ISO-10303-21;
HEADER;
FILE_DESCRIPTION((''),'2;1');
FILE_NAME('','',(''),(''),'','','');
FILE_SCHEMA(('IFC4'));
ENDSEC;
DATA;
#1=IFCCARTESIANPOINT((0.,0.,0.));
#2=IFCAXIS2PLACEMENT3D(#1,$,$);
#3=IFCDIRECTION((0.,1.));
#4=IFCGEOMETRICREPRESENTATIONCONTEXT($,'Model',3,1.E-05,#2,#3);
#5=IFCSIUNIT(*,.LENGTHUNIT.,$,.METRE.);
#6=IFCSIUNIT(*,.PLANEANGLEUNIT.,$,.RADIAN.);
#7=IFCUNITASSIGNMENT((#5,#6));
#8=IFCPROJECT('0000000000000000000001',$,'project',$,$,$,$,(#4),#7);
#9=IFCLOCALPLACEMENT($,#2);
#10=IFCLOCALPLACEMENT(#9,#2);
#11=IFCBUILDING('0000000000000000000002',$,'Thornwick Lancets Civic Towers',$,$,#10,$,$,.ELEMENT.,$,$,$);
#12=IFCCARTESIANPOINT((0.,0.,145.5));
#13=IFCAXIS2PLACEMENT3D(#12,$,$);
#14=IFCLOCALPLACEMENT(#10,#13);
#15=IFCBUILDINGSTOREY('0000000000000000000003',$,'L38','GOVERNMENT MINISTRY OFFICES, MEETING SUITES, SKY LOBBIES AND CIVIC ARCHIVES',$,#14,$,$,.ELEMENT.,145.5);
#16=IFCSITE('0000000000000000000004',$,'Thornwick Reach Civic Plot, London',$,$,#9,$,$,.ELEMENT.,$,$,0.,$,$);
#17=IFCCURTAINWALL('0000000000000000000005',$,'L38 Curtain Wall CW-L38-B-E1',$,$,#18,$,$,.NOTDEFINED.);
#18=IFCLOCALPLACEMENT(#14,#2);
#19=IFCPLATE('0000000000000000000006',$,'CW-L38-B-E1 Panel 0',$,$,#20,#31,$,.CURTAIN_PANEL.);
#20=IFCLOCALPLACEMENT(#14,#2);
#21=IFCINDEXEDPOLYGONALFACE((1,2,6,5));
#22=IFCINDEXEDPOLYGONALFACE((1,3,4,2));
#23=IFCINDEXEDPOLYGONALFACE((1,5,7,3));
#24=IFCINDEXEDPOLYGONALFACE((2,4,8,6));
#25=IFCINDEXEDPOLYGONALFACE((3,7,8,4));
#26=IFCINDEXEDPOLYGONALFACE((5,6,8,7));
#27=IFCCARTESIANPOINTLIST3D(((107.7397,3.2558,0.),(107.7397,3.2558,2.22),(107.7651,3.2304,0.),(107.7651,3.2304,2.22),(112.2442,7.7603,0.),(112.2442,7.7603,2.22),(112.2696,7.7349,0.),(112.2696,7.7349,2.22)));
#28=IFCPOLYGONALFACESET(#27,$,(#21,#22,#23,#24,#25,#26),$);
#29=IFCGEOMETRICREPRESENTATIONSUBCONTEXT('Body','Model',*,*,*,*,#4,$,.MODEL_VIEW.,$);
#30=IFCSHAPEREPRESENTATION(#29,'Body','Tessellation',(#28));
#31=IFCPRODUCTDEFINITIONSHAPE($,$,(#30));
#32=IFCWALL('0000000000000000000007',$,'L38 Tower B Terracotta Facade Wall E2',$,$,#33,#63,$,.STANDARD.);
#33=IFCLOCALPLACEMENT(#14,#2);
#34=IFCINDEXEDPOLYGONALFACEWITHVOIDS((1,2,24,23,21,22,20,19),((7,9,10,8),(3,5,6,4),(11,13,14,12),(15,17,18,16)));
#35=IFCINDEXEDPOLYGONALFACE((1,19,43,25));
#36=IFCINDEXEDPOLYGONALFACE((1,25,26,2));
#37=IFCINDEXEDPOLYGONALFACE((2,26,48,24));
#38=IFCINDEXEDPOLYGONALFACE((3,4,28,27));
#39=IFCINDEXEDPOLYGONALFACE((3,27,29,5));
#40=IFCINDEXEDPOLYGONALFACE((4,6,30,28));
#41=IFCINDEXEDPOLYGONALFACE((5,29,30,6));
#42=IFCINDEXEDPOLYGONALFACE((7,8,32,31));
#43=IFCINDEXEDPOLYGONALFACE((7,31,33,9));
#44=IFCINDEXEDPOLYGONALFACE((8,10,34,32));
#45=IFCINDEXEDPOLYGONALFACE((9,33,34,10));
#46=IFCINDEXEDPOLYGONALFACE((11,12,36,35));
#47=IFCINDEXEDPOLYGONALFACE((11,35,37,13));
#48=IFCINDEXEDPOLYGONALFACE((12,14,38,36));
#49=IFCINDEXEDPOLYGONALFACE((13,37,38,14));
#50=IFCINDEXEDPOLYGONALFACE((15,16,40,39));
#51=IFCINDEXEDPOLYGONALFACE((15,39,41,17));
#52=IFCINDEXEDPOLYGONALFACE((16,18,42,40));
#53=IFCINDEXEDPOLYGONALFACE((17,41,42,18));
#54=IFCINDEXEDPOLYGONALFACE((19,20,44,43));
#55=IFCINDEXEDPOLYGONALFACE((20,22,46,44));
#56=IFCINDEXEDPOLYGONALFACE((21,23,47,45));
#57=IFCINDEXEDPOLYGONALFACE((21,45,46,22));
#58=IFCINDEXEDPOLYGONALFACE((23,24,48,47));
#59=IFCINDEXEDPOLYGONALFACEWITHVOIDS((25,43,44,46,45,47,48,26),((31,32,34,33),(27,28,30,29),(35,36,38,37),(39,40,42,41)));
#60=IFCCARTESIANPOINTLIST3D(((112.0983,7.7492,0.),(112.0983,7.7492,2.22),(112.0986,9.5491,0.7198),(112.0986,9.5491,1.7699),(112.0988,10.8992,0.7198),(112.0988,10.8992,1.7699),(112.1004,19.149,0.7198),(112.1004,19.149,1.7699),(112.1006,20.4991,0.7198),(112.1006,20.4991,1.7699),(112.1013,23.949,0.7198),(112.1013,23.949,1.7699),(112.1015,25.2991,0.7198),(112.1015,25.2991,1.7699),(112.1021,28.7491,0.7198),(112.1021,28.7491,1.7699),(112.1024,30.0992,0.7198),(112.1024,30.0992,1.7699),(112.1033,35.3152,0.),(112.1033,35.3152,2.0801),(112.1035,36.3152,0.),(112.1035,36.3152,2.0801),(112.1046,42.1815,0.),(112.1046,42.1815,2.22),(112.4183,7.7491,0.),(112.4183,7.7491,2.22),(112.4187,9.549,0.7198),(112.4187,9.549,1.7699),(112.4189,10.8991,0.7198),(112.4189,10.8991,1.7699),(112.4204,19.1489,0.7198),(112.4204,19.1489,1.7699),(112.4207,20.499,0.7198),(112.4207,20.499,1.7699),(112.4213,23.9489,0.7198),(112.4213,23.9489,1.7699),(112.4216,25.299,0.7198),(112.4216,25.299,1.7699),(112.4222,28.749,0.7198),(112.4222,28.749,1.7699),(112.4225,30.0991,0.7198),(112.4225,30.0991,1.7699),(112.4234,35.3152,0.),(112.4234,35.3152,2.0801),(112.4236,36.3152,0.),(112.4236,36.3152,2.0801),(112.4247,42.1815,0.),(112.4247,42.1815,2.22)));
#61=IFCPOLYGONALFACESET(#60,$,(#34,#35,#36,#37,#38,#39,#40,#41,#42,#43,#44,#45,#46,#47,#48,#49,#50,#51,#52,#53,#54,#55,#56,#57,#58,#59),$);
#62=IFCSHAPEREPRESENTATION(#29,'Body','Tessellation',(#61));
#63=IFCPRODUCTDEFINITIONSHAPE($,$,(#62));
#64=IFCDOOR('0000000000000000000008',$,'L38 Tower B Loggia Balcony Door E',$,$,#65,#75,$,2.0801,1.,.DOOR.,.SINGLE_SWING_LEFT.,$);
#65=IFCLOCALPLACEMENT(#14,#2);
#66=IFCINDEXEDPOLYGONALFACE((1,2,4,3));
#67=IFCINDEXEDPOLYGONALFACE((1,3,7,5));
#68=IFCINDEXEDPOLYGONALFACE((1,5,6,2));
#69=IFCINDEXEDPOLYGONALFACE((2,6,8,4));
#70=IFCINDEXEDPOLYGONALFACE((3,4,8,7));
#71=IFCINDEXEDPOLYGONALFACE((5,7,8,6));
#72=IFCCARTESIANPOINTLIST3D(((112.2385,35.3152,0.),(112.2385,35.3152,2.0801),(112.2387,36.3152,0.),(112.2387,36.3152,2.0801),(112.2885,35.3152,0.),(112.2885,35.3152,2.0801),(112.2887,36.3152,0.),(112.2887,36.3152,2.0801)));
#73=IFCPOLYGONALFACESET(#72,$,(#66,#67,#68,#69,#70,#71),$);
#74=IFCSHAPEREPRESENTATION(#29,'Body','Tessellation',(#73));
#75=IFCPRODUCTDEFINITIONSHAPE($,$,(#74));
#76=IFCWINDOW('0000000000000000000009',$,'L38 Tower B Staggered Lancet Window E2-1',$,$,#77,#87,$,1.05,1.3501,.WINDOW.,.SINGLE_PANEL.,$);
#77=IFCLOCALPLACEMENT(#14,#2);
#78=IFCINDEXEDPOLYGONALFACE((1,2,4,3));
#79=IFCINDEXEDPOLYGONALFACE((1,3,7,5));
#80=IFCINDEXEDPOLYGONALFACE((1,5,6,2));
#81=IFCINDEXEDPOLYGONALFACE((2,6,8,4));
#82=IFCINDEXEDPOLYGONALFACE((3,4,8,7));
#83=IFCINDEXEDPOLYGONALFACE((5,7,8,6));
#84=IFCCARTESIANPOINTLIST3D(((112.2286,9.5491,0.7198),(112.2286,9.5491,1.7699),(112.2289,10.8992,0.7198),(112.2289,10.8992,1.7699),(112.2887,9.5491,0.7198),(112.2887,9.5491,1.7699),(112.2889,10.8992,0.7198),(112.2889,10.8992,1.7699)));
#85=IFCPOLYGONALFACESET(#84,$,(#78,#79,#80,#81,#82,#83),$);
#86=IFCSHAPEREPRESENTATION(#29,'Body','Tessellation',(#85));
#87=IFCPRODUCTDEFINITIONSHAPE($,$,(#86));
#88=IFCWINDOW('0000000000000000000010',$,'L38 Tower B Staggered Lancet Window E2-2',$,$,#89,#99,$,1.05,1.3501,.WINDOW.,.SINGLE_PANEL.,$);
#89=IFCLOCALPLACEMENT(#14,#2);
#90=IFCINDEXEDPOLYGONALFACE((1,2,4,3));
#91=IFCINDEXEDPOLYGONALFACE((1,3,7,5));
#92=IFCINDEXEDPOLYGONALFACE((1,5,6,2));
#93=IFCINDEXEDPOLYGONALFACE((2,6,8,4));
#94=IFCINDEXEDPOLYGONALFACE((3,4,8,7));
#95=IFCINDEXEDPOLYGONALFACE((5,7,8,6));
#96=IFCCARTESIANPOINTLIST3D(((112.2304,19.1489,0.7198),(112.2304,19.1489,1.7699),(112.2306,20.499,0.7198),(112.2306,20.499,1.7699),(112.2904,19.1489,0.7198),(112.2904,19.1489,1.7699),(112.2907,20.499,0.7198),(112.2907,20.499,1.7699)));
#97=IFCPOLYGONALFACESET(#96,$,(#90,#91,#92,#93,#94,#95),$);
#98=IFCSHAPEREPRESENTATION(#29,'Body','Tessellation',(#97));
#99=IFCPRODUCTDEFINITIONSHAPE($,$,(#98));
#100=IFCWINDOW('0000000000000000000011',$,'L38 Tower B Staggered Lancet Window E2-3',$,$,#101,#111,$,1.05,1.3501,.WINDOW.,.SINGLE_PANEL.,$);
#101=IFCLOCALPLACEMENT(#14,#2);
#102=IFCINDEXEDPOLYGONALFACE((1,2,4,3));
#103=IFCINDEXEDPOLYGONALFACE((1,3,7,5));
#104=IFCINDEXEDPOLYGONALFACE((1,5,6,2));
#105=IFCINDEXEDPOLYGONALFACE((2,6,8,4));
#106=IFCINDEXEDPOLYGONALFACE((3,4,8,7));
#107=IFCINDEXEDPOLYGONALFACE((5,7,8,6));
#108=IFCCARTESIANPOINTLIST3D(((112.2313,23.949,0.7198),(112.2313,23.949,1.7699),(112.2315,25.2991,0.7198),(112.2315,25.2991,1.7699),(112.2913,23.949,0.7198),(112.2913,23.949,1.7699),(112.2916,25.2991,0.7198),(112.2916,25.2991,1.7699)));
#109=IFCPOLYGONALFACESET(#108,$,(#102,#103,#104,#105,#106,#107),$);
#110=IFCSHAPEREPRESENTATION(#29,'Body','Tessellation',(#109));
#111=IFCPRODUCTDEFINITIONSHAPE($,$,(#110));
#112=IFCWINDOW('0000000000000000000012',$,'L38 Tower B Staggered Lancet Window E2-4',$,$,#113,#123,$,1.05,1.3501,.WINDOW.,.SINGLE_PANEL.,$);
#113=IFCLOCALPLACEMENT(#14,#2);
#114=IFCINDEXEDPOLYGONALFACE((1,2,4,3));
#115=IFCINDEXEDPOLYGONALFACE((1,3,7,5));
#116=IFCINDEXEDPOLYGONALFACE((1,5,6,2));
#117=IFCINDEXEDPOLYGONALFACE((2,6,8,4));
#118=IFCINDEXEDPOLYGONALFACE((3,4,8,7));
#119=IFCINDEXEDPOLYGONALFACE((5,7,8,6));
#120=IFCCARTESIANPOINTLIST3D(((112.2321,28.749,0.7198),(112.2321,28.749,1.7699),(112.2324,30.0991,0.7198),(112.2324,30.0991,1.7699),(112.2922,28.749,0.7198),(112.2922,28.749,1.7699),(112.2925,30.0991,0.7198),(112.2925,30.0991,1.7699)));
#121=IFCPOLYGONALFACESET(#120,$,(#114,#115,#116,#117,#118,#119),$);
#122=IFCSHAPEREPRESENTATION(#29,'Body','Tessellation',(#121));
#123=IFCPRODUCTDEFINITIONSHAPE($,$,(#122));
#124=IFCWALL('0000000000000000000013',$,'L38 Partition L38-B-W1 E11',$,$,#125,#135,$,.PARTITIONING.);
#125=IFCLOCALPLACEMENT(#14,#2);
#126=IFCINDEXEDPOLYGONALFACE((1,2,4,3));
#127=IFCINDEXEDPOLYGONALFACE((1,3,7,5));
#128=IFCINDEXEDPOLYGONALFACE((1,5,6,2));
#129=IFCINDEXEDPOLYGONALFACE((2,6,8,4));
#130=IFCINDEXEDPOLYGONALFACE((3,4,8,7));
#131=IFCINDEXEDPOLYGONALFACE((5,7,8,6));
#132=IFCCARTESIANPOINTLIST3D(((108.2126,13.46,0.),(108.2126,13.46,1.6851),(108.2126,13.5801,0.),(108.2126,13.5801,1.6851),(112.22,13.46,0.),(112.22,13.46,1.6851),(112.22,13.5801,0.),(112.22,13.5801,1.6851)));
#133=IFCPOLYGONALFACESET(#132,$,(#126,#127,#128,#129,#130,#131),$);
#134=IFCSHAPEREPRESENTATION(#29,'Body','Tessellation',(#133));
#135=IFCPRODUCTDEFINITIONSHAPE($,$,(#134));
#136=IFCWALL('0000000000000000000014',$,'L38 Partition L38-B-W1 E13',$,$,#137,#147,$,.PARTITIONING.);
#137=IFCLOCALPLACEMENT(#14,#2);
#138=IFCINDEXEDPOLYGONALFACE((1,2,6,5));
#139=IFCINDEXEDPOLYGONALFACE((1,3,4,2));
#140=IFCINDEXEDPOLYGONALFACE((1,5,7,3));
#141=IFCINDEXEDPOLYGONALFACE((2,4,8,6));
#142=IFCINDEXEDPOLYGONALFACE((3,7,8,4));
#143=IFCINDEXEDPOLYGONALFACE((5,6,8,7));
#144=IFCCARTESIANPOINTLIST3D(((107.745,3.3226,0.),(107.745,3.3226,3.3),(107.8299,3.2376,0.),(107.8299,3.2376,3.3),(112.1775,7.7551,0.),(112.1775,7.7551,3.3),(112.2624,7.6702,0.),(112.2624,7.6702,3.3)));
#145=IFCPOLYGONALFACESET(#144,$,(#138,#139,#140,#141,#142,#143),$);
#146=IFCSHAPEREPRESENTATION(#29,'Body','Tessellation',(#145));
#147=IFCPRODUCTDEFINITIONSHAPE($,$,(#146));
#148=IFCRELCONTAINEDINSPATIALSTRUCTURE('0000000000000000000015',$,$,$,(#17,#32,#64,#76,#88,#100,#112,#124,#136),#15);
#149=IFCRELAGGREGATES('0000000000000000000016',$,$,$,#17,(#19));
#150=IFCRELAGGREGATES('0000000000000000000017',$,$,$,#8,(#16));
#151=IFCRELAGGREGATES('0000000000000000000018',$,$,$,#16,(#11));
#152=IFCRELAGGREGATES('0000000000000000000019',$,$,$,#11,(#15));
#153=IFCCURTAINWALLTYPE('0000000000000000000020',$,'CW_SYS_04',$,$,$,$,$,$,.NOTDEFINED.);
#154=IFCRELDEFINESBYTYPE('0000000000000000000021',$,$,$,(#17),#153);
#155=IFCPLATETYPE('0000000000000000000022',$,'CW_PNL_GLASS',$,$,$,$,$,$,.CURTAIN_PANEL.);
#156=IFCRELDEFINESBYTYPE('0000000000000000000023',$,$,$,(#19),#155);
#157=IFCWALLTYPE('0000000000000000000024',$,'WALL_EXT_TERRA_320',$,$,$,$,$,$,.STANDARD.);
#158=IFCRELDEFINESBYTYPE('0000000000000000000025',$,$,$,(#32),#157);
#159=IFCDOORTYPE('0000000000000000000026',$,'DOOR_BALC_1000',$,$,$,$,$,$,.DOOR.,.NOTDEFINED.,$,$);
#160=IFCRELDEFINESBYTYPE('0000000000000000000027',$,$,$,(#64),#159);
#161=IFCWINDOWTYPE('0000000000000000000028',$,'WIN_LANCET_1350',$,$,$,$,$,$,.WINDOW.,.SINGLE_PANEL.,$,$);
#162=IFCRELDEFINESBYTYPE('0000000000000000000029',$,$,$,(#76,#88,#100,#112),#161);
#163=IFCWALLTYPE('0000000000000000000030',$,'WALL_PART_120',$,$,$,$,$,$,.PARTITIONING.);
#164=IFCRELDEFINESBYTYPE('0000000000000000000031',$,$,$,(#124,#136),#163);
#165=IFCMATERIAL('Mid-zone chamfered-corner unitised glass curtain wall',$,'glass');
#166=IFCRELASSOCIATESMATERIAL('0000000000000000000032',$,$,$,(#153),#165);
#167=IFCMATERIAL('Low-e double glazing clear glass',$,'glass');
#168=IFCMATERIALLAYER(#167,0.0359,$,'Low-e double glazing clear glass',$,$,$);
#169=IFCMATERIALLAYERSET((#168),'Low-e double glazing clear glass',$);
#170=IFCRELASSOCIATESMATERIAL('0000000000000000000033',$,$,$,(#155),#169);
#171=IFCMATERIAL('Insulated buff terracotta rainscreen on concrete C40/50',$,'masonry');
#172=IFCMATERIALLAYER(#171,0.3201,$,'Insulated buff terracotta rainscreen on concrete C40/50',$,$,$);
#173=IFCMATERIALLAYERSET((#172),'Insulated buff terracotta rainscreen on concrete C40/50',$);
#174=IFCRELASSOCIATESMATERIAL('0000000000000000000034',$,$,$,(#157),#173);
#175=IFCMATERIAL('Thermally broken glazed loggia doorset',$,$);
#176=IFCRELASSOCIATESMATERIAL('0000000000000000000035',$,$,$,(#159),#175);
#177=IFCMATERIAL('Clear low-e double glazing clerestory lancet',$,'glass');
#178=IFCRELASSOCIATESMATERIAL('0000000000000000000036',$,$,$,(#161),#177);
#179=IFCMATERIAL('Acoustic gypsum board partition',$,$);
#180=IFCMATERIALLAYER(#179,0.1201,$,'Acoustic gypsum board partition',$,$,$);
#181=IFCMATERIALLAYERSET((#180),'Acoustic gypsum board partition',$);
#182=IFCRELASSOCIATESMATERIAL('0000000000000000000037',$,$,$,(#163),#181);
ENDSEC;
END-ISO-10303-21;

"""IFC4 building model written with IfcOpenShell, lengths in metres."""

from ifc_helpers import new_model, si_unit, direction, frame, frame_2d, origin, origin_2d, place, context, subcontext, project, spatial, rectangle, extrude, material, layer, layer_set, type_object, element, fill, aggregate, save


model = new_model("IFC4")

# Units and contexts
model_context = context("Model", 3, precision=1e-05, world=origin(), true_north=direction((0.0, 1.0)))
body_context = subcontext(model_context, "Body", "Model", "MODEL_VIEW")
ifc_project = project(units=[si_unit("LENGTHUNIT", "METRE"), si_unit("PLANEANGLEUNIT", "RADIAN")], contexts=[model_context])

# Site, building, storey
site_placement = place(None, origin())
site = spatial("IfcSite", under=ifc_project, at=site_placement, Name="Thornwick Reach Civic Plot, London", CompositionType="ELEMENT", RefElevation=0.0)
building_placement = place(site_placement, origin())
building = spatial("IfcBuilding", under=site, at=building_placement, Name="Thornwick Lancets Civic Towers", CompositionType="ELEMENT")
storey_placement = place(building_placement, frame((0.0, 0.0, 145.5)))
storey = spatial("IfcBuildingStorey", under=building, at=storey_placement, Name="L38", Description="GOVERNMENT MINISTRY OFFICES, MEETING SUITES, SKY LOBBIES AND CIVIC ARCHIVES", CompositionType="ELEMENT", Elevation=145.5)

# Curtain wall
ifc_material_1 = material(Name="Mid-zone chamfered-corner unitised glass curtain wall", Category="glass")
curtain_wall_type = type_object("IfcCurtainWallType", Name="CW_SYS_04", PredefinedType="NOTDEFINED", material=ifc_material_1)
curtain_wall_placement = place(storey_placement, origin())
curtain_wall = element("IfcCurtainWall", 1, at=curtain_wall_placement, inside=storey, type_object=curtain_wall_type, Name="L38 Curtain Wall CW-L38-B-E1", PredefinedType="NOTDEFINED")

# Plate
ifc_material_2 = material(Name="Low-e double glazing clear glass", Category="glass")
ifc_layer_1 = layer(ifc_material_2, 0.0359, Name="Low-e double glazing clear glass")
ifc_layer_set_1 = layer_set([ifc_layer_1], Name="Low-e double glazing clear glass")
plate_type = type_object("IfcPlateType", Name="CW_PNL_GLASS", PredefinedType="CURTAIN_PANEL", material=ifc_layer_set_1)
plate_placement = place(storey_placement, frame((110.0046, 5.4954, 0.0), z_axis=(0.0, 0.0, 1.0), x_axis=(0.707107, 0.707107, 0.0)))
plate = element("IfcPlate", 2, at=plate_placement, type_object=plate_type, Name="CW-L38-B-E1 Panel 0", PredefinedType="CURTAIN_PANEL", context=body_context, shape_type="SweptSolid", body=[
    extrude(rectangle(XDim=6.3704, YDim=0.0359, at=origin_2d()), origin(), (0.0, 0.0, 1.0), 2.22),
])
aggregate(curtain_wall, [plate])

# Wall, openings, door, windows
ifc_material_3 = material(Name="Insulated buff terracotta rainscreen on concrete C40/50", Category="masonry")
ifc_layer_2 = layer(ifc_material_3, 0.3201, Name="Insulated buff terracotta rainscreen on concrete C40/50")
ifc_layer_set_2 = layer_set([ifc_layer_2], Name="Insulated buff terracotta rainscreen on concrete C40/50")
wall_type_1 = type_object("IfcWallType", Name="WALL_EXT_TERRA_320", PredefinedType="STANDARD", material=ifc_layer_set_2)
wall_1_placement = place(storey_placement, frame((112.2583, 7.749, 0.0), z_axis=(0.0, 0.0, 1.0), x_axis=(0.000184, 1.0, 0.0)))
wall_1 = element("IfcWall", 3, at=wall_1_placement, inside=storey, type_object=wall_type_1, Name="L38 Tower B Terracotta Facade Wall E2", PredefinedType="STANDARD", context=body_context, shape_type="SweptSolid", body=[
    extrude(rectangle(XDim=34.4324, YDim=0.3201, at=frame_2d((17.2163, 0.0))), origin(), (0.0, 0.0, 1.0), 2.22),
])
opening_1_placement = place(wall_1_placement, frame((27.5662, 0.0, 0.0)))
opening_1 = element("IfcOpeningElement", 4, at=opening_1_placement, cuts=wall_1, PredefinedType="OPENING", context=body_context, shape_type="SweptSolid", body=[
    extrude(rectangle(XDim=1.0, YDim=2.0801, at=frame_2d((0.5, 1.04))), frame((0.0, 0.1699, 0.0), z_axis=(0.0, -1.0, 0.0), x_axis=(1.0, 0.0, 0.0)), (0.0, 0.0, 1.0), 0.3401),
])
opening_2_placement = place(wall_1_placement, frame((1.8, 0.0, 0.72)))
opening_2 = element("IfcOpeningElement", 5, at=opening_2_placement, cuts=wall_1, PredefinedType="OPENING", context=body_context, shape_type="SweptSolid", body=[
    extrude(rectangle(XDim=1.3501, YDim=1.05, at=frame_2d((0.675, 0.5249))), frame((0.0, 0.1699, 0.0), z_axis=(0.0, -1.0, 0.0), x_axis=(1.0, 0.0, 0.0)), (0.0, 0.0, 1.0), 0.3401),
])
opening_3_placement = place(wall_1_placement, frame((11.3999, 0.0, 0.72)))
opening_3 = element("IfcOpeningElement", 6, at=opening_3_placement, cuts=wall_1, PredefinedType="OPENING", context=body_context, shape_type="SweptSolid", body=[
    extrude(rectangle(XDim=1.3501, YDim=1.05, at=frame_2d((0.675, 0.5249))), frame((0.0, 0.1699, 0.0), z_axis=(0.0, -1.0, 0.0), x_axis=(1.0, 0.0, 0.0)), (0.0, 0.0, 1.0), 0.3401),
])
opening_4_placement = place(wall_1_placement, frame((16.2, 0.0, 0.72)))
opening_4 = element("IfcOpeningElement", 7, at=opening_4_placement, cuts=wall_1, PredefinedType="OPENING", context=body_context, shape_type="SweptSolid", body=[
    extrude(rectangle(XDim=1.3501, YDim=1.05, at=frame_2d((0.675, 0.5249))), frame((0.0, 0.1699, 0.0), z_axis=(0.0, -1.0, 0.0), x_axis=(1.0, 0.0, 0.0)), (0.0, 0.0, 1.0), 0.3401),
])
opening_5_placement = place(wall_1_placement, frame((21.0, 0.0, 0.72)))
opening_5 = element("IfcOpeningElement", 8, at=opening_5_placement, cuts=wall_1, PredefinedType="OPENING", context=body_context, shape_type="SweptSolid", body=[
    extrude(rectangle(XDim=1.3501, YDim=1.05, at=frame_2d((0.675, 0.5249))), frame((0.0, 0.1699, 0.0), z_axis=(0.0, -1.0, 0.0), x_axis=(1.0, 0.0, 0.0)), (0.0, 0.0, 1.0), 0.3401),
])
ifc_material_4 = material(Name="Thermally broken glazed loggia doorset")
door_type = type_object("IfcDoorType", Name="DOOR_BALC_1000", OperationType="NOTDEFINED", PredefinedType="DOOR", material=ifc_material_4)
door_placement = place(opening_1_placement, origin())
door = element("IfcDoor", 9, at=door_placement, inside=storey, type_object=door_type, Name="L38 Tower B Loggia Balcony Door E", OperationType="SINGLE_SWING_LEFT", OverallHeight=2.0801, OverallWidth=1.0, PredefinedType="DOOR", context=body_context, shape_type="SweptSolid", body=[
    extrude(rectangle(XDim=1.0, YDim=2.0801, at=frame_2d((0.5, 1.04))), frame((0.0, 0.0249, 0.0), z_axis=(0.0, -1.0, 0.0), x_axis=(1.0, 0.0, 0.0)), (0.0, 0.0, 1.0), 0.05),
])
fill(opening_1, door)
ifc_material_5 = material(Name="Clear low-e double glazing clerestory lancet", Category="glass")
window_type = type_object("IfcWindowType", Name="WIN_LANCET_1350", PartitioningType="SINGLE_PANEL", PredefinedType="WINDOW", material=ifc_material_5)
window_1_placement = place(opening_2_placement, origin())
window_1 = element("IfcWindow", 10, at=window_1_placement, inside=storey, type_object=window_type, Name="L38 Tower B Staggered Lancet Window E2-1", OverallHeight=1.05, OverallWidth=1.3501, PartitioningType="SINGLE_PANEL", PredefinedType="WINDOW", context=body_context, shape_type="SweptSolid", body=[
    extrude(rectangle(XDim=1.3501, YDim=1.05, at=frame_2d((0.675, 0.5249))), frame((0.0, 0.03, 0.0), z_axis=(0.0, -1.0, 0.0), x_axis=(1.0, 0.0, 0.0)), (0.0, 0.0, 1.0), 0.0601),
])
fill(opening_2, window_1)
window_2_placement = place(opening_3_placement, origin())
window_2 = element("IfcWindow", 11, at=window_2_placement, inside=storey, type_object=window_type, Name="L38 Tower B Staggered Lancet Window E2-2", OverallHeight=1.05, OverallWidth=1.3501, PartitioningType="SINGLE_PANEL", PredefinedType="WINDOW", context=body_context, shape_type="SweptSolid", body=[
    extrude(rectangle(XDim=1.3501, YDim=1.05, at=frame_2d((0.675, 0.5249))), frame((0.0, 0.03, 0.0), z_axis=(0.0, -1.0, 0.0), x_axis=(1.0, 0.0, 0.0)), (0.0, 0.0, 1.0), 0.0601),
])
fill(opening_3, window_2)
window_3_placement = place(opening_4_placement, origin())
window_3 = element("IfcWindow", 12, at=window_3_placement, inside=storey, type_object=window_type, Name="L38 Tower B Staggered Lancet Window E2-3", OverallHeight=1.05, OverallWidth=1.3501, PartitioningType="SINGLE_PANEL", PredefinedType="WINDOW", context=body_context, shape_type="SweptSolid", body=[
    extrude(rectangle(XDim=1.3501, YDim=1.05, at=frame_2d((0.675, 0.5249))), frame((0.0, 0.03, 0.0), z_axis=(0.0, -1.0, 0.0), x_axis=(1.0, 0.0, 0.0)), (0.0, 0.0, 1.0), 0.0601),
])
fill(opening_4, window_3)
window_4_placement = place(opening_5_placement, origin())
window_4 = element("IfcWindow", 13, at=window_4_placement, inside=storey, type_object=window_type, Name="L38 Tower B Staggered Lancet Window E2-4", OverallHeight=1.05, OverallWidth=1.3501, PartitioningType="SINGLE_PANEL", PredefinedType="WINDOW", context=body_context, shape_type="SweptSolid", body=[
    extrude(rectangle(XDim=1.3501, YDim=1.05, at=frame_2d((0.675, 0.5249))), frame((0.0, 0.03, 0.0), z_axis=(0.0, -1.0, 0.0), x_axis=(1.0, 0.0, 0.0)), (0.0, 0.0, 1.0), 0.0601),
])
fill(opening_5, window_4)

# Walls
ifc_material_6 = material(Name="Acoustic gypsum board partition")
ifc_layer_3 = layer(ifc_material_6, 0.1201, Name="Acoustic gypsum board partition")
ifc_layer_set_3 = layer_set([ifc_layer_3], Name="Acoustic gypsum board partition")
wall_type_2 = type_object("IfcWallType", Name="WALL_PART_120", PredefinedType="PARTITIONING", material=ifc_layer_set_3)
wall_2_placement = place(storey_placement, frame((108.2126, 13.52, 0.0), z_axis=(0.0, 0.0, 1.0), x_axis=(1.0, 0.0, 0.0)))
element("IfcWall", 14, at=wall_2_placement, inside=storey, type_object=wall_type_2, Name="L38 Partition L38-B-W1 E11", PredefinedType="PARTITIONING", context=body_context, shape_type="SweptSolid", body=[
    extrude(rectangle(XDim=4.0073, YDim=0.1201, at=frame_2d((2.0037, 0.0))), origin(), (0.0, 0.0, 1.0), 1.6851),
])
wall_3_placement = place(storey_placement, frame((112.22, 7.7126, 0.0), z_axis=(0.0, 0.0, 1.0), x_axis=(-0.707107, -0.707107, 0.0)))
element("IfcWall", 15, at=wall_3_placement, inside=storey, type_object=wall_type_2, Name="L38 Partition L38-B-W1 E13", PredefinedType="PARTITIONING", context=body_context, shape_type="SweptSolid", body=[
    extrude(rectangle(XDim=6.2686, YDim=0.1201, at=frame_2d((3.1343, 0.0))), origin(), (0.0, 0.0, 1.0), 3.3),
])

save(model, "model.ifc")
